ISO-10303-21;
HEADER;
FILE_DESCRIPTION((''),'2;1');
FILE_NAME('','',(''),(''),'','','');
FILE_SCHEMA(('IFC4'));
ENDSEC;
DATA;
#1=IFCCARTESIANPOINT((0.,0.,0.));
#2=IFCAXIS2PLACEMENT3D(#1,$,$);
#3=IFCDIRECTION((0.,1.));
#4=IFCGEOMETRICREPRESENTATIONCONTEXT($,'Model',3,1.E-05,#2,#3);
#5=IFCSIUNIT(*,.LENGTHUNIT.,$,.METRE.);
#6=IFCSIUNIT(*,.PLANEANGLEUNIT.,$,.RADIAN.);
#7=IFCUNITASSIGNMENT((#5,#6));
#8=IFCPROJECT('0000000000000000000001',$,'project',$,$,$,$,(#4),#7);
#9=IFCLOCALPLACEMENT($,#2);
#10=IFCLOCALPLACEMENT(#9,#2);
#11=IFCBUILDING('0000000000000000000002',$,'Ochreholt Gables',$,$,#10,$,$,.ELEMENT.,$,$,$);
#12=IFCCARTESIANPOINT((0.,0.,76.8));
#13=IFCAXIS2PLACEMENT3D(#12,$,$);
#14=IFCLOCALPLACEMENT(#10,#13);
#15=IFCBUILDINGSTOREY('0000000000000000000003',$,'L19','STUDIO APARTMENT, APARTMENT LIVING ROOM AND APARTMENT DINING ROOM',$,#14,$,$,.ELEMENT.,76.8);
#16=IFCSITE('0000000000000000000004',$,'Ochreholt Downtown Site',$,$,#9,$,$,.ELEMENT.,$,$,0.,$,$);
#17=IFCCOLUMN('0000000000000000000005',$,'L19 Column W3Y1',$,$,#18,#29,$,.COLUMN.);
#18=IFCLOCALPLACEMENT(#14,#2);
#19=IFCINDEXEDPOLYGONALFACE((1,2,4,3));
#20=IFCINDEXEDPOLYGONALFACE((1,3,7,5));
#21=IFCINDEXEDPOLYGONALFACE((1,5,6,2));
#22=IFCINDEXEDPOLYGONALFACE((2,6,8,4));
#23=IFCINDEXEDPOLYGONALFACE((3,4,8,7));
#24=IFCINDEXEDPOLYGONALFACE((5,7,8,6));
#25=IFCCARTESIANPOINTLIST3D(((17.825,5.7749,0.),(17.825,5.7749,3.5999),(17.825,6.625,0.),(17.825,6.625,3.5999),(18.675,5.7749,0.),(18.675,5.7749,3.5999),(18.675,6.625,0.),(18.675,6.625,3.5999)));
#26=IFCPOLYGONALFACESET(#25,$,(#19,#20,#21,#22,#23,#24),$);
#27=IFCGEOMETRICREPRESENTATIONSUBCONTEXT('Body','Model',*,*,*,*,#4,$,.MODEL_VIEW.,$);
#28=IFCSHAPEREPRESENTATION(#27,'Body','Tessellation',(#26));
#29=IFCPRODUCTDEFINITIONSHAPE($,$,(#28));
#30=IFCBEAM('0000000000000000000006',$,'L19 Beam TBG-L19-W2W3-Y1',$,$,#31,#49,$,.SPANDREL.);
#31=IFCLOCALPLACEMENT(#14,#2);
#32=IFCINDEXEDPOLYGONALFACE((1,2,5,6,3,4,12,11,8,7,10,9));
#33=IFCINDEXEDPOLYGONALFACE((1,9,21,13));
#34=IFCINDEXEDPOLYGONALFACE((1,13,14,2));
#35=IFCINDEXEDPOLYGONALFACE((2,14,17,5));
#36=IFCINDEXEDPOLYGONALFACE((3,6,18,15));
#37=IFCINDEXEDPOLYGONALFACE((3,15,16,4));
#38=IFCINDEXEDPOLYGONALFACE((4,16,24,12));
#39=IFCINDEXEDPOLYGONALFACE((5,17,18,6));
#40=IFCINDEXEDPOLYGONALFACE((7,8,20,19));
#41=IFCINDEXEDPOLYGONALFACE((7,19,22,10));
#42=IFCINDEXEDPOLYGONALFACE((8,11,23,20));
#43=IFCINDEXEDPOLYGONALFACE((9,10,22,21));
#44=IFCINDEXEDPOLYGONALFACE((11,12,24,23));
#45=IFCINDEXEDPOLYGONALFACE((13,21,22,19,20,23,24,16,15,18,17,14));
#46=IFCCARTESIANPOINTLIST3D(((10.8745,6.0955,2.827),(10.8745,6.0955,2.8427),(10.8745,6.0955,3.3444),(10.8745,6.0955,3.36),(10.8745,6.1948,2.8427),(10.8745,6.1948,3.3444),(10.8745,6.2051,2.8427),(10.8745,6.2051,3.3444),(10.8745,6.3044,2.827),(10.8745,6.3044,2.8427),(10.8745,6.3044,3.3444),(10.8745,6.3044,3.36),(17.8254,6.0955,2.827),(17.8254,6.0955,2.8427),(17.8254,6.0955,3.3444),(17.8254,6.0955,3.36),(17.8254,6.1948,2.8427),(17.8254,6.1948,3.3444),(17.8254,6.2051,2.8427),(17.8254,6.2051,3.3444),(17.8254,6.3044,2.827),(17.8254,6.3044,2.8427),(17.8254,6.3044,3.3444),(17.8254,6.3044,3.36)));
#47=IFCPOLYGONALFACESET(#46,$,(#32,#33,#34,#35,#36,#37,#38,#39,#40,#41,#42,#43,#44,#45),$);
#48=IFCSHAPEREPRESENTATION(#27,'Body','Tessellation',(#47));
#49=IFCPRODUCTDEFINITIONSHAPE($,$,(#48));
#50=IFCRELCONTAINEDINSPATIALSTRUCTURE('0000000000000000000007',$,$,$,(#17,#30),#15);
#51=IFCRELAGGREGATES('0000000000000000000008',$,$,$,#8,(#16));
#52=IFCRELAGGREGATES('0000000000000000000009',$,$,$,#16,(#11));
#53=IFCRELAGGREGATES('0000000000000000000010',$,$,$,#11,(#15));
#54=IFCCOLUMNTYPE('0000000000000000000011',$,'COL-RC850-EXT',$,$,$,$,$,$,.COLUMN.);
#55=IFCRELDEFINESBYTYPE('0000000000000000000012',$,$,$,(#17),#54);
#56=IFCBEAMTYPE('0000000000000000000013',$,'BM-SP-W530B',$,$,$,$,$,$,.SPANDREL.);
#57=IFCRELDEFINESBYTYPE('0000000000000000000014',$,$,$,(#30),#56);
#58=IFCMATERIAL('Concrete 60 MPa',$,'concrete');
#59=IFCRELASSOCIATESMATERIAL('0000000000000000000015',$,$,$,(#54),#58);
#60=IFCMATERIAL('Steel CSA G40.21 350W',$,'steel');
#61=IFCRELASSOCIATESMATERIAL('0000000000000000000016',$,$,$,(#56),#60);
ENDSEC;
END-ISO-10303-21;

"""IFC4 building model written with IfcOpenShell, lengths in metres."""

from ifc_helpers import new_model, si_unit, direction, frame, origin, origin_2d, place, context, subcontext, project, spatial, rectangle, i_section, extrude, material, material_profile, profile_set, type_object, element, save


model = new_model("IFC4")

# Units and contexts
model_context = context("Model", 3, precision=1e-05, world=origin(), true_north=direction((0.0, 1.0)))
body_context = subcontext(model_context, "Body", "Model", "MODEL_VIEW")
ifc_project = project(units=[si_unit("LENGTHUNIT", "METRE"), si_unit("PLANEANGLEUNIT", "RADIAN")], contexts=[model_context])

# Site, building, storey
site_placement = place(None, origin())
site = spatial("IfcSite", under=ifc_project, at=site_placement, Name="Ochreholt Downtown Site", CompositionType="ELEMENT", RefElevation=0.0)
building_placement = place(site_placement, origin())
building = spatial("IfcBuilding", under=site, at=building_placement, Name="Ochreholt Gables", CompositionType="ELEMENT")
storey_placement = place(building_placement, frame((0.0, 0.0, 76.8)))
storey = spatial("IfcBuildingStorey", under=building, at=storey_placement, Name="L19", Description="STUDIO APARTMENT, APARTMENT LIVING ROOM AND APARTMENT DINING ROOM", CompositionType="ELEMENT", Elevation=76.8)

# Column
ifc_material_1 = material(Name="Concrete 60 MPa", Category="concrete")
ifc_material_profile_1 = material_profile(ifc_material_1, rectangle(XDim=0.8501, YDim=0.8501, at=origin_2d()), Name="RC850X850")
ifc_profile_set_1 = profile_set([ifc_material_profile_1], Name="Concrete 60 MPa")
column_type = type_object("IfcColumnType", Name="COL-RC850-EXT", PredefinedType="COLUMN", material=ifc_profile_set_1)
column_placement = place(storey_placement, frame((18.25, 6.2, 0.0), z_axis=(0.0, 0.0, 1.0), x_axis=(1.0, 0.0, 0.0)))
element("IfcColumn", 1, at=column_placement, inside=storey, type_object=column_type, Name="L19 Column W3Y1", PredefinedType="COLUMN", context=body_context, shape_type="SweptSolid", body=[
    extrude(rectangle(XDim=0.8501, YDim=0.8501, at=origin_2d()), origin(), (0.0, 0.0, 1.0), 3.5999),
])

# Beam
ifc_material_2 = material(Name="Steel CSA G40.21 350W", Category="steel")
ifc_material_profile_2 = material_profile(ifc_material_2, i_section(OverallWidth=0.209, OverallDepth=0.533, WebThickness=0.0103, FlangeThickness=0.0156, at=origin_2d()), Name="W530X92")
ifc_profile_set_2 = profile_set([ifc_material_profile_2], Name="Steel CSA G40.21 350W")
beam_type = type_object("IfcBeamType", Name="BM-SP-W530B", PredefinedType="SPANDREL", material=ifc_profile_set_2)
beam_placement = place(storey_placement, frame((10.8745, 6.2, 3.0935), z_axis=(1.0, 0.0, 0.0), x_axis=(0.0, 1.0, 0.0)))
element("IfcBeam", 2, at=beam_placement, inside=storey, type_object=beam_type, Name="L19 Beam TBG-L19-W2W3-Y1", PredefinedType="SPANDREL", context=body_context, shape_type="SweptSolid", body=[
    extrude(i_section(OverallWidth=0.209, OverallDepth=0.533, WebThickness=0.0103, FlangeThickness=0.0156, at=origin_2d()), origin(), (0.0, 0.0, 1.0), 6.9509),
])

save(model, "model.ifc")
